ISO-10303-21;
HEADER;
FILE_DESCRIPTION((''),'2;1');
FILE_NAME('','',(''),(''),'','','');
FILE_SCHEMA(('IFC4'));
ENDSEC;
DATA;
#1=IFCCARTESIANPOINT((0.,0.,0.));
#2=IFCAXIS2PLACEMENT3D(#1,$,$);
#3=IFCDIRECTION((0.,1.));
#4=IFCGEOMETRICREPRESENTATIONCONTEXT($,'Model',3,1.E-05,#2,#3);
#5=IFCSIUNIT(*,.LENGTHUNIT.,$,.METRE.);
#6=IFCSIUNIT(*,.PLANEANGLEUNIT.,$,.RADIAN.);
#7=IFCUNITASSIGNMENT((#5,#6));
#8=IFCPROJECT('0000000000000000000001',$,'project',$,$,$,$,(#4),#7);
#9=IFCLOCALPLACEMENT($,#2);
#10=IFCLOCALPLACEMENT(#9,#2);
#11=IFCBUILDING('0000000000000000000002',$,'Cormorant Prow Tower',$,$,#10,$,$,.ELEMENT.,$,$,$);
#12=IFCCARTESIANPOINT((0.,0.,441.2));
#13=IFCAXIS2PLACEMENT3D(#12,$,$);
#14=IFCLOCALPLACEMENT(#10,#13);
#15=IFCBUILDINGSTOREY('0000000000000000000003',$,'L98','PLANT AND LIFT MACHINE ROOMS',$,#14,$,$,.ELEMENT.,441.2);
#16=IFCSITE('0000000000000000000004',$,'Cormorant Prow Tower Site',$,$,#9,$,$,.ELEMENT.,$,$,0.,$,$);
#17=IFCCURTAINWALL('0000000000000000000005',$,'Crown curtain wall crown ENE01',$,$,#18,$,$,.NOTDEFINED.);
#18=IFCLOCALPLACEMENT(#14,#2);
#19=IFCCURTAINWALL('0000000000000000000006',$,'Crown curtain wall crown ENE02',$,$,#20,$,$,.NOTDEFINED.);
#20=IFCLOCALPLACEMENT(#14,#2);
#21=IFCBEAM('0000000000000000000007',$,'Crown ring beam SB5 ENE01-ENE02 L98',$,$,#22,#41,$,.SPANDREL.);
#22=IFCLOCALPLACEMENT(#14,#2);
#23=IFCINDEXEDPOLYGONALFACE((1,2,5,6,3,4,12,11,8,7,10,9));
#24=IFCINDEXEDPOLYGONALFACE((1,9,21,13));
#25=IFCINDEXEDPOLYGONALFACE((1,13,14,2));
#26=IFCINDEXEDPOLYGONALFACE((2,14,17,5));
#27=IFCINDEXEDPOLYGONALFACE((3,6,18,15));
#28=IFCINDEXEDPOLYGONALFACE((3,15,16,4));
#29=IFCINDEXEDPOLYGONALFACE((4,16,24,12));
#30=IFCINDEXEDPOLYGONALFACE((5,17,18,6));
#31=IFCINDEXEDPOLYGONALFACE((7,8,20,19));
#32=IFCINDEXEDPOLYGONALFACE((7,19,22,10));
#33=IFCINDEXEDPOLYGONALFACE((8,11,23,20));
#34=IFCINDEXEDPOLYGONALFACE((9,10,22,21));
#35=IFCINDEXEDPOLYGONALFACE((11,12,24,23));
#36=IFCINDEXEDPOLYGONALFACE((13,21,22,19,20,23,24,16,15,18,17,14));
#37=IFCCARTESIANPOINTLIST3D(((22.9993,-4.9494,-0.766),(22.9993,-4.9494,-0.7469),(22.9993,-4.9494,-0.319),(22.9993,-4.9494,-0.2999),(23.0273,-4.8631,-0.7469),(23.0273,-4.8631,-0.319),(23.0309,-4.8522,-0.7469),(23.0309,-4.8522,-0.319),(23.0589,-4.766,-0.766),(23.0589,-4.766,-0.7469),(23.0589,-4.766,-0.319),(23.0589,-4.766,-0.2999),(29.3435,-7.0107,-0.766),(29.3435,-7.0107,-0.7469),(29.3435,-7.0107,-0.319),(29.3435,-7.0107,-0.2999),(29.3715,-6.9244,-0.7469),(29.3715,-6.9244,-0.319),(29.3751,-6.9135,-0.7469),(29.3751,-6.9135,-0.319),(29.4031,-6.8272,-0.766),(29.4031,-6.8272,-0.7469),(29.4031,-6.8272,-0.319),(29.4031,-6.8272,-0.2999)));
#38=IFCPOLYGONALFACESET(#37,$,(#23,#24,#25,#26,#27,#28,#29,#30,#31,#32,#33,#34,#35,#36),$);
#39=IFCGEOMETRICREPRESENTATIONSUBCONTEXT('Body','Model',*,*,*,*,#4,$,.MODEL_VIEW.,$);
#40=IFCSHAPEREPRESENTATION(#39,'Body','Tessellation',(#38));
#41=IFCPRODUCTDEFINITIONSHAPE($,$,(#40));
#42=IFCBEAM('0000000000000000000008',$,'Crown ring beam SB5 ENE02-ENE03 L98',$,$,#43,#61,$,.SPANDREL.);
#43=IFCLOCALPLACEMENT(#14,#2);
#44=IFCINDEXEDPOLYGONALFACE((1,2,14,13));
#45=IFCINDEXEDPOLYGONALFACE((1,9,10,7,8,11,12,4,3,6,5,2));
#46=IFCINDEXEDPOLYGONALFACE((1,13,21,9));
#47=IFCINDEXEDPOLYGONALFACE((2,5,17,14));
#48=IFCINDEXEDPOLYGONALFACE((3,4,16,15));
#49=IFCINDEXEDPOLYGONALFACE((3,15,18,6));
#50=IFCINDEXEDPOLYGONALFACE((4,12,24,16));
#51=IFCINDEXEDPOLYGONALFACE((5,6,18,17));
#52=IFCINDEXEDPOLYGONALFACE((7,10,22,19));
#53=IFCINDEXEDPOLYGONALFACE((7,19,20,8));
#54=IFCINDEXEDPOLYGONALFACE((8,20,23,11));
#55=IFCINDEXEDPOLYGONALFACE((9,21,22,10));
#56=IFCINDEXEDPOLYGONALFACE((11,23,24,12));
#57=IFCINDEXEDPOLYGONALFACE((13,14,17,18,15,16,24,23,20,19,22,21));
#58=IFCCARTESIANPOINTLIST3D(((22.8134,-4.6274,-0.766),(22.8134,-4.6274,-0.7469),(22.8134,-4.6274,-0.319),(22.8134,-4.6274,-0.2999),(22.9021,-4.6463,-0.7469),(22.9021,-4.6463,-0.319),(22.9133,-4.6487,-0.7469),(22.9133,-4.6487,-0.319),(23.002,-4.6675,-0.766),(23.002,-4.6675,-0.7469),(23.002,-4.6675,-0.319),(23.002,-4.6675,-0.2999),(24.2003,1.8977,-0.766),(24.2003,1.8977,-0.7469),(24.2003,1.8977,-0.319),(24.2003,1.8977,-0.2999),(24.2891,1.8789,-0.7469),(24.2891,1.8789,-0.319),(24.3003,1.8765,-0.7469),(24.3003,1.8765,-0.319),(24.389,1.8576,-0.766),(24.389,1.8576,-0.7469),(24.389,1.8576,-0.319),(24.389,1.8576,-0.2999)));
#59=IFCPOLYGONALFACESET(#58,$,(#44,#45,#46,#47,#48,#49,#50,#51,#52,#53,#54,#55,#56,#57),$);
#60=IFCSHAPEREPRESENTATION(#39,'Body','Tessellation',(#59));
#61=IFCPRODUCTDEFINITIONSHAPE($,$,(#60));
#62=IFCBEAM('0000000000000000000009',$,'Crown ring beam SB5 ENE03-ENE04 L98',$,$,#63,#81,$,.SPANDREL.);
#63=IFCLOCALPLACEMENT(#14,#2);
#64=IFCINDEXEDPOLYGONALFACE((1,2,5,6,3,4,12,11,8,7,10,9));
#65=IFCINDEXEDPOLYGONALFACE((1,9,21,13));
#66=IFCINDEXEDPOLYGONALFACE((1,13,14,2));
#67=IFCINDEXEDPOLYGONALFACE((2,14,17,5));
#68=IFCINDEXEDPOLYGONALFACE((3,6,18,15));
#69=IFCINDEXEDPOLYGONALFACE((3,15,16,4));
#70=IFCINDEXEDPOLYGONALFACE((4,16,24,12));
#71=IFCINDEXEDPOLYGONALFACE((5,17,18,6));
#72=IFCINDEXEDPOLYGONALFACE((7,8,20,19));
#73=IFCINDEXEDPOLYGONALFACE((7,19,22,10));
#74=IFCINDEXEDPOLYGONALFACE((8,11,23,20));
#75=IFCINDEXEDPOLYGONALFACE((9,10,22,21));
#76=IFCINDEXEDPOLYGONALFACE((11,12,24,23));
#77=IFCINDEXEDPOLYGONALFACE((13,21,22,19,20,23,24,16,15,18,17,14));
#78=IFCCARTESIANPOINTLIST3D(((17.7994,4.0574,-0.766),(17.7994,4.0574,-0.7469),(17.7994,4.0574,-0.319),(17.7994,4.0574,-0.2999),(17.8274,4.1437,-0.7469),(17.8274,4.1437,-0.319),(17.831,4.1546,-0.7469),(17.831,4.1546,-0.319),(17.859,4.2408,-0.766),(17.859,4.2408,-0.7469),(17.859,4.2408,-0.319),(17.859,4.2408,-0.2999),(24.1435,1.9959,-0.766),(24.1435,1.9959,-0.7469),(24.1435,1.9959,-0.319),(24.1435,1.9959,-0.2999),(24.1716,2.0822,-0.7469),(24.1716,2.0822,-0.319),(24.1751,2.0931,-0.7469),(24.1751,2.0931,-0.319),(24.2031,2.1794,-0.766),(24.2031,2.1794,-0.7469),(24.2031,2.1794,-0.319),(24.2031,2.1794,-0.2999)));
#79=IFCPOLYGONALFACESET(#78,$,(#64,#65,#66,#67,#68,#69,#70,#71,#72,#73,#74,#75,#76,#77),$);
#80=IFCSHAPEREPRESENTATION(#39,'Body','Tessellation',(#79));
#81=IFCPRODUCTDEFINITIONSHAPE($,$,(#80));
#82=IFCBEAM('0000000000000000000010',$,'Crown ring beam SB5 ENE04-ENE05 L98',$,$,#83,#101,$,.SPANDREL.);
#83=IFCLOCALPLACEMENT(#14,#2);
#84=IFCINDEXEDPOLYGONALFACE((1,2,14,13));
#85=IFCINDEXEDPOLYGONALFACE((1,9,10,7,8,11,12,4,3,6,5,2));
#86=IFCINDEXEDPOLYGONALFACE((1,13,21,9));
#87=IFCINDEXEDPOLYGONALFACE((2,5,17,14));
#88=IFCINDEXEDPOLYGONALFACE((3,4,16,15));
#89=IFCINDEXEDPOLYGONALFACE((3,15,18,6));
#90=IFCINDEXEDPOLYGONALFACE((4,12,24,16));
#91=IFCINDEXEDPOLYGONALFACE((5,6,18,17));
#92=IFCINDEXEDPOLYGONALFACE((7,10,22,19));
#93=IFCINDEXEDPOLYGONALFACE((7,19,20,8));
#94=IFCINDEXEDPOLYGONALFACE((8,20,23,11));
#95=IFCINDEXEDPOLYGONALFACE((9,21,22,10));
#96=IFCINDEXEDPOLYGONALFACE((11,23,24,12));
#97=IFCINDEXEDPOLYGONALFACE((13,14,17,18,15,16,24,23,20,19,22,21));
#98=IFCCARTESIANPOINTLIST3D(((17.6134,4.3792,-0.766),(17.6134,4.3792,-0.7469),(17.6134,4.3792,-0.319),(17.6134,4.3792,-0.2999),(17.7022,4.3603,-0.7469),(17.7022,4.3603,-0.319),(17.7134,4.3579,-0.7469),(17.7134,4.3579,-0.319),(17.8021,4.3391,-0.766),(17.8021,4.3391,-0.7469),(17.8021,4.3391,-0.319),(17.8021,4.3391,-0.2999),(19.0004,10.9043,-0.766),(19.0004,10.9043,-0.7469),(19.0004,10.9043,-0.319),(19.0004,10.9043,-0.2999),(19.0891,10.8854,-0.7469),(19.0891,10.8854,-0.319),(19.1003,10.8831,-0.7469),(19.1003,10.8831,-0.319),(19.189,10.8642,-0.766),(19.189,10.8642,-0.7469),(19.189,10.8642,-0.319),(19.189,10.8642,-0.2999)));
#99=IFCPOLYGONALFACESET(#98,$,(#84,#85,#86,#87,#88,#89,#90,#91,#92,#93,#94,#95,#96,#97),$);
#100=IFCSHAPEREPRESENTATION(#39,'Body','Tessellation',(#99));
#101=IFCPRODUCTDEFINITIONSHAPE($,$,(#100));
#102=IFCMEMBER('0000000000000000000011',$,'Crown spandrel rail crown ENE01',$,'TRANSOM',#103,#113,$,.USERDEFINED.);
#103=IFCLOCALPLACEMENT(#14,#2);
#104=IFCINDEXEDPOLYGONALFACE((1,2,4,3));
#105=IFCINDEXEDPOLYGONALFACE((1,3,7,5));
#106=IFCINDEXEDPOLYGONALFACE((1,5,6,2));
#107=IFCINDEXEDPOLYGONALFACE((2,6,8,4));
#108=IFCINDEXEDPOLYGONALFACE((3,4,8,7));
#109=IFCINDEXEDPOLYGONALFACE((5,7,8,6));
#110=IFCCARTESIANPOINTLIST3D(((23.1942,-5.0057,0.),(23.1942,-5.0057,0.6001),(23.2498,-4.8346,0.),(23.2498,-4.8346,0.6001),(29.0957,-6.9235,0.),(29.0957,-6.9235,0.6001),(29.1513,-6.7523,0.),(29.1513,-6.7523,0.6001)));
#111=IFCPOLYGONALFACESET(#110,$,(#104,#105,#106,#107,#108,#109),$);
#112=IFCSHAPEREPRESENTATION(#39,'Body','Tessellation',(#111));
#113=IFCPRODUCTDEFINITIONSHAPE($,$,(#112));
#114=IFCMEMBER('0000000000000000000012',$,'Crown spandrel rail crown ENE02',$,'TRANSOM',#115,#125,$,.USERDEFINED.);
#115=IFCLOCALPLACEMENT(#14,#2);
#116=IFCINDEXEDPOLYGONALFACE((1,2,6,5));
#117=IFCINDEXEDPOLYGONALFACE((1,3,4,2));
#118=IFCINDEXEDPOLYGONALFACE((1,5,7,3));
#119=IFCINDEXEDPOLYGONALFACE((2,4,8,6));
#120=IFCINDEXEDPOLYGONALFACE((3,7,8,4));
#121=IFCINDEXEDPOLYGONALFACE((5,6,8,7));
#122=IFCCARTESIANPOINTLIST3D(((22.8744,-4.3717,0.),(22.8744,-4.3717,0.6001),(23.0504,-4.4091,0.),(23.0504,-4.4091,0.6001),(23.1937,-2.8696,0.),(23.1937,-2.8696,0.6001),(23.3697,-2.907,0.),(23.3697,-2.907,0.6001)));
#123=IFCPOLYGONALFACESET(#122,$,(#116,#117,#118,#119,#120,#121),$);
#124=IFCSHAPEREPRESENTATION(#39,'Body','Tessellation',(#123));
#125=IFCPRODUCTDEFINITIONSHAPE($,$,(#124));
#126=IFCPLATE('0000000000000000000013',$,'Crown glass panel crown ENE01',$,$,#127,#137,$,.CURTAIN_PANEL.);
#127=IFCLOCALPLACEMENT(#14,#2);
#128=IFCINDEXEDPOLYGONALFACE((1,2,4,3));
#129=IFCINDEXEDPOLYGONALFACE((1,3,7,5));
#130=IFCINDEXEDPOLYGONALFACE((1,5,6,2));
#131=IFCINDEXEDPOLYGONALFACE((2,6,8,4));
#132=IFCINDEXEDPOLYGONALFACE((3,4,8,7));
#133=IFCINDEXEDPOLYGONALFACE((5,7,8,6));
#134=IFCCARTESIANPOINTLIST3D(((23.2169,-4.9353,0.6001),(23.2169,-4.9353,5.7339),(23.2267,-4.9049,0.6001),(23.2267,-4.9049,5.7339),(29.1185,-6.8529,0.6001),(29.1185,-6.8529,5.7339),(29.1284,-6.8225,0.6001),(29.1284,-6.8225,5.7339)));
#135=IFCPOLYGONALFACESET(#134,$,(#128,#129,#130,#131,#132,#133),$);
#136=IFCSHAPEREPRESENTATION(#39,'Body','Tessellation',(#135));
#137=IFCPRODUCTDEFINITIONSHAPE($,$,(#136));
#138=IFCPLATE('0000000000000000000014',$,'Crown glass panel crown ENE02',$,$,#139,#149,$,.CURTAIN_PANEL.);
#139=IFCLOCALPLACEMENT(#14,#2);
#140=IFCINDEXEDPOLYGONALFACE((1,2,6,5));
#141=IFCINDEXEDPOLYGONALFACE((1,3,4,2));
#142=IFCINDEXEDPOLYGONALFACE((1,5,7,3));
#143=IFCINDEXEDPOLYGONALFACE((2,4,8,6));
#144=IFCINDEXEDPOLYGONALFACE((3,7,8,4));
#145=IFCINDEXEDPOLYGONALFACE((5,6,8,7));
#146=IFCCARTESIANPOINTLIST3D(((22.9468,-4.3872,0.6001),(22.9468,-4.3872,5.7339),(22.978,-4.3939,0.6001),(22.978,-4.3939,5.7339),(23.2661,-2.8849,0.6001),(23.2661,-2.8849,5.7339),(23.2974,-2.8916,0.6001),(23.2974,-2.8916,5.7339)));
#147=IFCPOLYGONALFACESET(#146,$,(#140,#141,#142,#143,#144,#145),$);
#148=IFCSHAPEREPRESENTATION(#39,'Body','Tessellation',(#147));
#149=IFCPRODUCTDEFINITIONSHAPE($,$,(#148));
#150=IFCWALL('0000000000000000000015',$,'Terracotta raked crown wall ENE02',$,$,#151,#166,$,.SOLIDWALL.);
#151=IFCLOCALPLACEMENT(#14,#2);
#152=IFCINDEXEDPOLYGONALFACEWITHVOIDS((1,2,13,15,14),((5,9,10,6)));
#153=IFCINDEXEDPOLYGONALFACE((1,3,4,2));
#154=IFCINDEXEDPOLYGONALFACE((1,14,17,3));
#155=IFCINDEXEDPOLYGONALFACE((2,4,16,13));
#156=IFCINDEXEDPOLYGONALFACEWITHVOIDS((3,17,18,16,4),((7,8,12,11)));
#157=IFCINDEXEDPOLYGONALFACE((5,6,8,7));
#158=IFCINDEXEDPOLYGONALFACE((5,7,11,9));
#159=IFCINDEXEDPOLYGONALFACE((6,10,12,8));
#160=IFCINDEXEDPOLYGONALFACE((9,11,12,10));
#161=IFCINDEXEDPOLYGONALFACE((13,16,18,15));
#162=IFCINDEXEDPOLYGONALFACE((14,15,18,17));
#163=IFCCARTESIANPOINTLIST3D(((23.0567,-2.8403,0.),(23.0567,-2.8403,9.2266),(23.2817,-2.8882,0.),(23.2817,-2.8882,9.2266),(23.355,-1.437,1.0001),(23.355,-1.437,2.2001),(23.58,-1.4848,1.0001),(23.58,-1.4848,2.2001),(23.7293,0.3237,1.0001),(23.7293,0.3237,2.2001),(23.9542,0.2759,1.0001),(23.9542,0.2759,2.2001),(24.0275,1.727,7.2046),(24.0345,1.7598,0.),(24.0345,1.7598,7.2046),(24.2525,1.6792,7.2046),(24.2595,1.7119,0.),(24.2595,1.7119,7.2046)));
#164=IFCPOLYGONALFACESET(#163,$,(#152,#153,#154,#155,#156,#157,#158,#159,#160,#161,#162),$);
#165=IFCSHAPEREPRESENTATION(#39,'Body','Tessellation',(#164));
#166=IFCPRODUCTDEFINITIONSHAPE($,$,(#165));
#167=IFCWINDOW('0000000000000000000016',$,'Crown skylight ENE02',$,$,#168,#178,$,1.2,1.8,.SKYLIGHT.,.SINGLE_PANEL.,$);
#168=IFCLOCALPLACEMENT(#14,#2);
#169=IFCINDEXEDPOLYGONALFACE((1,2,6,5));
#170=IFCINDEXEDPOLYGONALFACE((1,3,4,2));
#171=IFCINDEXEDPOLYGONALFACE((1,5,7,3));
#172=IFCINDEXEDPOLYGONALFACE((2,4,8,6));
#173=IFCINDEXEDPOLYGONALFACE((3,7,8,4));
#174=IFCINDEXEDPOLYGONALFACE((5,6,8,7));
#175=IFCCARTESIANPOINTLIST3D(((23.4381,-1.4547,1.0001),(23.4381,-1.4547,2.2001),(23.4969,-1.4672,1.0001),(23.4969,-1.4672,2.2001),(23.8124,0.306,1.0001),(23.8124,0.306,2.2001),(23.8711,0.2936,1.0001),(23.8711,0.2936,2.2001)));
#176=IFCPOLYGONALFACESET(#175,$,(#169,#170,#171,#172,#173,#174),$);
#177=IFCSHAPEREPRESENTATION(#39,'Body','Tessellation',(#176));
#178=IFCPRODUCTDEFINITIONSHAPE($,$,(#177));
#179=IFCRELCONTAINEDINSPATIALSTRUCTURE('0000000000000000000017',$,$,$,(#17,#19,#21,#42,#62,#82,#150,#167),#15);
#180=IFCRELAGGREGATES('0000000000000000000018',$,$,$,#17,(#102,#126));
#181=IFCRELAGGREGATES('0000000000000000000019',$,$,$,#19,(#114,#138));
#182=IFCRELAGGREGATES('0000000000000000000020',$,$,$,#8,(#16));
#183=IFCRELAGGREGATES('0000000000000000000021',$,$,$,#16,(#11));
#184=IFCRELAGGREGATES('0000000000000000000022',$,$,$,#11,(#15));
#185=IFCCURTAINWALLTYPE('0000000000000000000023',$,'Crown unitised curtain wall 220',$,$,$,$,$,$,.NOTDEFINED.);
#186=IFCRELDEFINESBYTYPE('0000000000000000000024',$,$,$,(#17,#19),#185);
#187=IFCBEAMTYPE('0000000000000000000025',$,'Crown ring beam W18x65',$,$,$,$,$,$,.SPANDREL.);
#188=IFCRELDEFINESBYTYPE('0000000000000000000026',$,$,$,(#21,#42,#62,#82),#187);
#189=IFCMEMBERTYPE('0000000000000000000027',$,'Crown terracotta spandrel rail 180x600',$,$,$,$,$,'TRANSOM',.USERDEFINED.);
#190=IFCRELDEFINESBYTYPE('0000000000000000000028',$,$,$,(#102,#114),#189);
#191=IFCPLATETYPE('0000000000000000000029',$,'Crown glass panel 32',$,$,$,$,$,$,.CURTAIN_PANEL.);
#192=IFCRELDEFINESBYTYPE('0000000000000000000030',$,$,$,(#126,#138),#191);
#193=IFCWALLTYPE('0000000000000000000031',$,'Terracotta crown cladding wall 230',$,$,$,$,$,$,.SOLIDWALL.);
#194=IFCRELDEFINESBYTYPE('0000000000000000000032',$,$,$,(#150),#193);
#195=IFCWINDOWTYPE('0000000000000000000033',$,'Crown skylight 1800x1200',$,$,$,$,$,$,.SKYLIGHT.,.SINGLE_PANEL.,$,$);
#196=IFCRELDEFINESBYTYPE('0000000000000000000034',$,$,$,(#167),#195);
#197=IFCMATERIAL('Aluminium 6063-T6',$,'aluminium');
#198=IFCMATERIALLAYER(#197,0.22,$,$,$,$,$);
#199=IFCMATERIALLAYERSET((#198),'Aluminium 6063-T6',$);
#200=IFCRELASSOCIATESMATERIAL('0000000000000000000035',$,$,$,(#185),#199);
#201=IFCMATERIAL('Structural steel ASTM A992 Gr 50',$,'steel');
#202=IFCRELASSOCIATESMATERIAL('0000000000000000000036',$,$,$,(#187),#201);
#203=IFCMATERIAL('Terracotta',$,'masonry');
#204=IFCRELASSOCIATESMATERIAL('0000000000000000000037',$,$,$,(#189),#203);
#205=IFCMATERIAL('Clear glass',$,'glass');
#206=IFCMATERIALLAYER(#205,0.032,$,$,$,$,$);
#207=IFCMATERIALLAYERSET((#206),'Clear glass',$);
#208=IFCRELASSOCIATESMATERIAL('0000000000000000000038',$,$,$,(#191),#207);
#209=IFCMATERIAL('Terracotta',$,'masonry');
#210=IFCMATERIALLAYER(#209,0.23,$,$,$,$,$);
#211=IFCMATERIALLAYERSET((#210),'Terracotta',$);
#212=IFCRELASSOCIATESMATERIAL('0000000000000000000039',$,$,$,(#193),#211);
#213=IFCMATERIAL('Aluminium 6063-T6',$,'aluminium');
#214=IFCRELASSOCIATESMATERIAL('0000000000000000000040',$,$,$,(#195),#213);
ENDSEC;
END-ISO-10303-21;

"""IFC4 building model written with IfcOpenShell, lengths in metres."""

from ifc_helpers import new_model, si_unit, direction, frame, frame_2d, origin, origin_2d, place, context, subcontext, project, spatial, polyline, rectangle, i_section, outline, extrude, material, layer, layer_set, material_profile, profile_set, type_object, element, fill, aggregate, save


model = new_model("IFC4")

# Units and contexts
model_context = context("Model", 3, precision=1e-05, world=origin(), true_north=direction((0.0, 1.0)))
body_context = subcontext(model_context, "Body", "Model", "MODEL_VIEW")
ifc_project = project(units=[si_unit("LENGTHUNIT", "METRE"), si_unit("PLANEANGLEUNIT", "RADIAN")], contexts=[model_context])

# Site, building, storey
site_placement = place(None, origin())
site = spatial("IfcSite", under=ifc_project, at=site_placement, Name="Cormorant Prow Tower Site", CompositionType="ELEMENT", RefElevation=0.0)
building_placement = place(site_placement, origin())
building = spatial("IfcBuilding", under=site, at=building_placement, Name="Cormorant Prow Tower", CompositionType="ELEMENT")
storey_placement = place(building_placement, frame((0.0, 0.0, 441.2)))
storey = spatial("IfcBuildingStorey", under=building, at=storey_placement, Name="L98", Description="PLANT AND LIFT MACHINE ROOMS", CompositionType="ELEMENT", Elevation=441.2)

# Curtain walls
ifc_material_1 = material(Name="Aluminium 6063-T6", Category="aluminium")
ifc_layer_1 = layer(ifc_material_1, 0.22)
ifc_layer_set_1 = layer_set([ifc_layer_1], Name="Aluminium 6063-T6")
curtain_wall_type = type_object("IfcCurtainWallType", Name="Crown unitised curtain wall 220", PredefinedType="NOTDEFINED", material=ifc_layer_set_1)
curtain_wall_1_placement = place(storey_placement, origin())
curtain_wall_1 = element("IfcCurtainWall", 1, at=curtain_wall_1_placement, inside=storey, type_object=curtain_wall_type, Name="Crown curtain wall crown ENE01", PredefinedType="NOTDEFINED")
curtain_wall_2_placement = place(storey_placement, origin())
curtain_wall_2 = element("IfcCurtainWall", 2, at=curtain_wall_2_placement, inside=storey, type_object=curtain_wall_type, Name="Crown curtain wall crown ENE02", PredefinedType="NOTDEFINED")

# Beams
ifc_material_2 = material(Name="Structural steel ASTM A992 Gr 50", Category="steel")
ifc_material_profile_1 = material_profile(ifc_material_2, i_section(OverallWidth=0.1929, OverallDepth=0.4661, WebThickness=0.0115, FlangeThickness=0.019, at=origin_2d()), Name="W18x65")
ifc_profile_set_1 = profile_set([ifc_material_profile_1], Name="Structural steel ASTM A992 Gr 50")
beam_type = type_object("IfcBeamType", Name="Crown ring beam W18x65", PredefinedType="SPANDREL", material=ifc_profile_set_1)
beam_1_placement = place(storey_placement, frame((29.3733, -6.9189, -0.533), z_axis=(-0.95106, 0.309005, 0.0), x_axis=(-0.309005, -0.95106, 0.0)))
element("IfcBeam", 3, at=beam_1_placement, inside=storey, type_object=beam_type, Name="Crown ring beam SB5 ENE01-ENE02 L98", PredefinedType="SPANDREL", context=body_context, shape_type="SweptSolid", body=[
    extrude(i_section(OverallWidth=0.1929, OverallDepth=0.4661, WebThickness=0.0115, FlangeThickness=0.019, at=origin_2d()), origin(), (0.0, 0.0, 1.0), 6.6707),
])
beam_2_placement = place(storey_placement, frame((22.9077, -4.6475, -0.533), z_axis=(0.207912, 0.978148, 0.0), x_axis=(-0.978148, 0.207912, 0.0)))
element("IfcBeam", 4, at=beam_2_placement, inside=storey, type_object=beam_type, Name="Crown ring beam SB5 ENE02-ENE03 L98", PredefinedType="SPANDREL", context=body_context, shape_type="SweptSolid", body=[
    extrude(i_section(OverallWidth=0.1929, OverallDepth=0.4661, WebThickness=0.0115, FlangeThickness=0.019, at=origin_2d()), origin(), (0.0, 0.0, 1.0), 6.6709),
])
beam_3_placement = place(storey_placement, frame((24.1733, 2.0876, -0.533), z_axis=(-0.95105, 0.309038, 0.0), x_axis=(-0.309038, -0.95105, 0.0)))
element("IfcBeam", 5, at=beam_3_placement, inside=storey, type_object=beam_type, Name="Crown ring beam SB5 ENE03-ENE04 L98", PredefinedType="SPANDREL", context=body_context, shape_type="SweptSolid", body=[
    extrude(i_section(OverallWidth=0.1929, OverallDepth=0.4661, WebThickness=0.0115, FlangeThickness=0.019, at=origin_2d()), origin(), (0.0, 0.0, 1.0), 6.6707),
])
beam_4_placement = place(storey_placement, frame((17.7078, 4.3591, -0.533), z_axis=(0.207912, 0.978148, 0.0), x_axis=(-0.978148, 0.207912, 0.0)))
element("IfcBeam", 6, at=beam_4_placement, inside=storey, type_object=beam_type, Name="Crown ring beam SB5 ENE04-ENE05 L98", PredefinedType="SPANDREL", context=body_context, shape_type="SweptSolid", body=[
    extrude(i_section(OverallWidth=0.1929, OverallDepth=0.4661, WebThickness=0.0115, FlangeThickness=0.019, at=origin_2d()), origin(), (0.0, 0.0, 1.0), 6.6709),
])

# Members
ifc_material_3 = material(Name="Terracotta", Category="masonry")
ifc_material_profile_2 = material_profile(ifc_material_3, rectangle(XDim=0.1799, YDim=0.6001, at=origin_2d()), Name="Crown terracotta spandrel rail 180x600")
ifc_profile_set_2 = profile_set([ifc_material_profile_2], Name="Terracotta")
member_type_1 = type_object("IfcMemberType", Name="Crown terracotta spandrel rail 180x600", ElementType="TRANSOM", PredefinedType="USERDEFINED", material=ifc_profile_set_2)
member_1_placement = place(storey_placement, frame((29.1235, -6.8379, 0.3), z_axis=(-0.951048, 0.309042, 0.0), x_axis=(-0.309042, -0.951048, 0.0)))
member_1 = element("IfcMember", 7, at=member_1_placement, type_object=member_type_1, Name="Crown spandrel rail crown ENE01", ObjectType="TRANSOM", PredefinedType="USERDEFINED", context=body_context, shape_type="SweptSolid", body=[
    extrude(rectangle(XDim=0.1799, YDim=0.6001, at=origin_2d()), origin(), (0.0, 0.0, 1.0), 6.2053),
])
member_2_placement = place(storey_placement, frame((22.9624, -4.3904, 0.3), z_axis=(0.207933, 0.978143, 0.0), x_axis=(-0.978143, 0.207933, 0.0)))
member_2 = element("IfcMember", 8, at=member_2_placement, type_object=member_type_1, Name="Crown spandrel rail crown ENE02", ObjectType="TRANSOM", PredefinedType="USERDEFINED", context=body_context, shape_type="SweptSolid", body=[
    extrude(rectangle(XDim=0.1799, YDim=0.6001, at=origin_2d()), origin(), (0.0, 0.0, 1.0), 1.5356),
])

# Plates
ifc_material_4 = material(Name="Clear glass", Category="glass")
ifc_layer_2 = layer(ifc_material_4, 0.032)
ifc_layer_set_2 = layer_set([ifc_layer_2], Name="Clear glass")
plate_type = type_object("IfcPlateType", Name="Crown glass panel 32", PredefinedType="CURTAIN_PANEL", material=ifc_layer_set_2)
plate_1_placement = place(storey_placement, frame((26.1726, -5.8789, 0.6001), z_axis=(0.0, 0.0, 1.0), x_axis=(-0.951057, 0.309017, 0.0)))
plate_1 = element("IfcPlate", 9, at=plate_1_placement, type_object=plate_type, Name="Crown glass panel crown ENE01", PredefinedType="CURTAIN_PANEL", context=body_context, shape_type="SweptSolid", body=[
    extrude(rectangle(XDim=6.2053, YDim=0.032, at=origin_2d()), origin(), (0.0, 0.0, 1.0), 5.1338),
])
aggregate(curtain_wall_1, [member_1, plate_1])
plate_2_placement = place(storey_placement, frame((23.1221, -3.6394, 0.6001), z_axis=(0.0, 0.0, 1.0), x_axis=(0.207912, 0.978148, 0.0)))
plate_2 = element("IfcPlate", 10, at=plate_2_placement, type_object=plate_type, Name="Crown glass panel crown ENE02", PredefinedType="CURTAIN_PANEL", context=body_context, shape_type="SweptSolid", body=[
    extrude(rectangle(XDim=1.5359, YDim=0.032, at=origin_2d()), origin(), (0.0, 0.0, 1.0), 5.1338),
])
aggregate(curtain_wall_2, [member_2, plate_2])

# Wall, opening, window
ifc_material_5 = material(Name="Terracotta", Category="masonry")
ifc_layer_3 = layer(ifc_material_5, 0.23)
ifc_layer_set_3 = layer_set([ifc_layer_3], Name="Terracotta")
wall_type = type_object("IfcWallType", Name="Terracotta crown cladding wall 230", PredefinedType="SOLIDWALL", material=ifc_layer_set_3)
wall_1_placement = place(storey_placement, frame((23.1692, -2.8643, 0.0), z_axis=(0.0, 0.0, 1.0), x_axis=(0.207912, 0.978148, 0.0)))
wall_1 = element("IfcWall", 11, at=wall_1_placement, inside=storey, type_object=wall_type, Name="Terracotta raked crown wall ENE02", PredefinedType="SOLIDWALL", context=body_context, shape_type="SweptSolid", body=[
    extrude(outline(polyline([(0.0, 0.0), (4.7029, 0.0), (4.7029, 7.2046), (4.6694, 7.2046), (0.0, 9.2266), (0.0, 0.0)])), frame((0.0, 0.115, 0.0), z_axis=(0.0, -1.0, 0.0), x_axis=(1.0, 0.0, 0.0)), (0.0, 0.0, 1.0), 0.23),
])
opening_placement = place(wall_1_placement, frame((1.4348, 0.0, 1.0)))
opening = element("IfcOpeningElement", 12, at=opening_placement, cuts=wall_1, PredefinedType="OPENING", context=body_context, shape_type="SweptSolid", body=[
    extrude(rectangle(XDim=1.8, YDim=1.2, at=frame_2d((0.8999, 0.6001))), frame((0.0, 0.125, 0.0), z_axis=(0.0, -1.0, 0.0), x_axis=(1.0, 0.0, 0.0)), (0.0, 0.0, 1.0), 0.25),
])
ifc_material_6 = material(Name="Aluminium 6063-T6", Category="aluminium")
window_type = type_object("IfcWindowType", Name="Crown skylight 1800x1200", PartitioningType="SINGLE_PANEL", PredefinedType="SKYLIGHT", material=ifc_material_6)
window_placement = place(opening_placement, origin())
window = element("IfcWindow", 13, at=window_placement, inside=storey, type_object=window_type, Name="Crown skylight ENE02", OverallHeight=1.2, OverallWidth=1.8, PartitioningType="SINGLE_PANEL", PredefinedType="SKYLIGHT", context=body_context, shape_type="SweptSolid", body=[
    extrude(rectangle(XDim=1.8, YDim=1.2, at=frame_2d((0.8999, 0.6001))), frame((0.0, 0.03, 0.0), z_axis=(0.0, -1.0, 0.0), x_axis=(1.0, 0.0, 0.0)), (0.0, 0.0, 1.0), 0.0601),
])
fill(opening, window)

save(model, "model.ifc")
